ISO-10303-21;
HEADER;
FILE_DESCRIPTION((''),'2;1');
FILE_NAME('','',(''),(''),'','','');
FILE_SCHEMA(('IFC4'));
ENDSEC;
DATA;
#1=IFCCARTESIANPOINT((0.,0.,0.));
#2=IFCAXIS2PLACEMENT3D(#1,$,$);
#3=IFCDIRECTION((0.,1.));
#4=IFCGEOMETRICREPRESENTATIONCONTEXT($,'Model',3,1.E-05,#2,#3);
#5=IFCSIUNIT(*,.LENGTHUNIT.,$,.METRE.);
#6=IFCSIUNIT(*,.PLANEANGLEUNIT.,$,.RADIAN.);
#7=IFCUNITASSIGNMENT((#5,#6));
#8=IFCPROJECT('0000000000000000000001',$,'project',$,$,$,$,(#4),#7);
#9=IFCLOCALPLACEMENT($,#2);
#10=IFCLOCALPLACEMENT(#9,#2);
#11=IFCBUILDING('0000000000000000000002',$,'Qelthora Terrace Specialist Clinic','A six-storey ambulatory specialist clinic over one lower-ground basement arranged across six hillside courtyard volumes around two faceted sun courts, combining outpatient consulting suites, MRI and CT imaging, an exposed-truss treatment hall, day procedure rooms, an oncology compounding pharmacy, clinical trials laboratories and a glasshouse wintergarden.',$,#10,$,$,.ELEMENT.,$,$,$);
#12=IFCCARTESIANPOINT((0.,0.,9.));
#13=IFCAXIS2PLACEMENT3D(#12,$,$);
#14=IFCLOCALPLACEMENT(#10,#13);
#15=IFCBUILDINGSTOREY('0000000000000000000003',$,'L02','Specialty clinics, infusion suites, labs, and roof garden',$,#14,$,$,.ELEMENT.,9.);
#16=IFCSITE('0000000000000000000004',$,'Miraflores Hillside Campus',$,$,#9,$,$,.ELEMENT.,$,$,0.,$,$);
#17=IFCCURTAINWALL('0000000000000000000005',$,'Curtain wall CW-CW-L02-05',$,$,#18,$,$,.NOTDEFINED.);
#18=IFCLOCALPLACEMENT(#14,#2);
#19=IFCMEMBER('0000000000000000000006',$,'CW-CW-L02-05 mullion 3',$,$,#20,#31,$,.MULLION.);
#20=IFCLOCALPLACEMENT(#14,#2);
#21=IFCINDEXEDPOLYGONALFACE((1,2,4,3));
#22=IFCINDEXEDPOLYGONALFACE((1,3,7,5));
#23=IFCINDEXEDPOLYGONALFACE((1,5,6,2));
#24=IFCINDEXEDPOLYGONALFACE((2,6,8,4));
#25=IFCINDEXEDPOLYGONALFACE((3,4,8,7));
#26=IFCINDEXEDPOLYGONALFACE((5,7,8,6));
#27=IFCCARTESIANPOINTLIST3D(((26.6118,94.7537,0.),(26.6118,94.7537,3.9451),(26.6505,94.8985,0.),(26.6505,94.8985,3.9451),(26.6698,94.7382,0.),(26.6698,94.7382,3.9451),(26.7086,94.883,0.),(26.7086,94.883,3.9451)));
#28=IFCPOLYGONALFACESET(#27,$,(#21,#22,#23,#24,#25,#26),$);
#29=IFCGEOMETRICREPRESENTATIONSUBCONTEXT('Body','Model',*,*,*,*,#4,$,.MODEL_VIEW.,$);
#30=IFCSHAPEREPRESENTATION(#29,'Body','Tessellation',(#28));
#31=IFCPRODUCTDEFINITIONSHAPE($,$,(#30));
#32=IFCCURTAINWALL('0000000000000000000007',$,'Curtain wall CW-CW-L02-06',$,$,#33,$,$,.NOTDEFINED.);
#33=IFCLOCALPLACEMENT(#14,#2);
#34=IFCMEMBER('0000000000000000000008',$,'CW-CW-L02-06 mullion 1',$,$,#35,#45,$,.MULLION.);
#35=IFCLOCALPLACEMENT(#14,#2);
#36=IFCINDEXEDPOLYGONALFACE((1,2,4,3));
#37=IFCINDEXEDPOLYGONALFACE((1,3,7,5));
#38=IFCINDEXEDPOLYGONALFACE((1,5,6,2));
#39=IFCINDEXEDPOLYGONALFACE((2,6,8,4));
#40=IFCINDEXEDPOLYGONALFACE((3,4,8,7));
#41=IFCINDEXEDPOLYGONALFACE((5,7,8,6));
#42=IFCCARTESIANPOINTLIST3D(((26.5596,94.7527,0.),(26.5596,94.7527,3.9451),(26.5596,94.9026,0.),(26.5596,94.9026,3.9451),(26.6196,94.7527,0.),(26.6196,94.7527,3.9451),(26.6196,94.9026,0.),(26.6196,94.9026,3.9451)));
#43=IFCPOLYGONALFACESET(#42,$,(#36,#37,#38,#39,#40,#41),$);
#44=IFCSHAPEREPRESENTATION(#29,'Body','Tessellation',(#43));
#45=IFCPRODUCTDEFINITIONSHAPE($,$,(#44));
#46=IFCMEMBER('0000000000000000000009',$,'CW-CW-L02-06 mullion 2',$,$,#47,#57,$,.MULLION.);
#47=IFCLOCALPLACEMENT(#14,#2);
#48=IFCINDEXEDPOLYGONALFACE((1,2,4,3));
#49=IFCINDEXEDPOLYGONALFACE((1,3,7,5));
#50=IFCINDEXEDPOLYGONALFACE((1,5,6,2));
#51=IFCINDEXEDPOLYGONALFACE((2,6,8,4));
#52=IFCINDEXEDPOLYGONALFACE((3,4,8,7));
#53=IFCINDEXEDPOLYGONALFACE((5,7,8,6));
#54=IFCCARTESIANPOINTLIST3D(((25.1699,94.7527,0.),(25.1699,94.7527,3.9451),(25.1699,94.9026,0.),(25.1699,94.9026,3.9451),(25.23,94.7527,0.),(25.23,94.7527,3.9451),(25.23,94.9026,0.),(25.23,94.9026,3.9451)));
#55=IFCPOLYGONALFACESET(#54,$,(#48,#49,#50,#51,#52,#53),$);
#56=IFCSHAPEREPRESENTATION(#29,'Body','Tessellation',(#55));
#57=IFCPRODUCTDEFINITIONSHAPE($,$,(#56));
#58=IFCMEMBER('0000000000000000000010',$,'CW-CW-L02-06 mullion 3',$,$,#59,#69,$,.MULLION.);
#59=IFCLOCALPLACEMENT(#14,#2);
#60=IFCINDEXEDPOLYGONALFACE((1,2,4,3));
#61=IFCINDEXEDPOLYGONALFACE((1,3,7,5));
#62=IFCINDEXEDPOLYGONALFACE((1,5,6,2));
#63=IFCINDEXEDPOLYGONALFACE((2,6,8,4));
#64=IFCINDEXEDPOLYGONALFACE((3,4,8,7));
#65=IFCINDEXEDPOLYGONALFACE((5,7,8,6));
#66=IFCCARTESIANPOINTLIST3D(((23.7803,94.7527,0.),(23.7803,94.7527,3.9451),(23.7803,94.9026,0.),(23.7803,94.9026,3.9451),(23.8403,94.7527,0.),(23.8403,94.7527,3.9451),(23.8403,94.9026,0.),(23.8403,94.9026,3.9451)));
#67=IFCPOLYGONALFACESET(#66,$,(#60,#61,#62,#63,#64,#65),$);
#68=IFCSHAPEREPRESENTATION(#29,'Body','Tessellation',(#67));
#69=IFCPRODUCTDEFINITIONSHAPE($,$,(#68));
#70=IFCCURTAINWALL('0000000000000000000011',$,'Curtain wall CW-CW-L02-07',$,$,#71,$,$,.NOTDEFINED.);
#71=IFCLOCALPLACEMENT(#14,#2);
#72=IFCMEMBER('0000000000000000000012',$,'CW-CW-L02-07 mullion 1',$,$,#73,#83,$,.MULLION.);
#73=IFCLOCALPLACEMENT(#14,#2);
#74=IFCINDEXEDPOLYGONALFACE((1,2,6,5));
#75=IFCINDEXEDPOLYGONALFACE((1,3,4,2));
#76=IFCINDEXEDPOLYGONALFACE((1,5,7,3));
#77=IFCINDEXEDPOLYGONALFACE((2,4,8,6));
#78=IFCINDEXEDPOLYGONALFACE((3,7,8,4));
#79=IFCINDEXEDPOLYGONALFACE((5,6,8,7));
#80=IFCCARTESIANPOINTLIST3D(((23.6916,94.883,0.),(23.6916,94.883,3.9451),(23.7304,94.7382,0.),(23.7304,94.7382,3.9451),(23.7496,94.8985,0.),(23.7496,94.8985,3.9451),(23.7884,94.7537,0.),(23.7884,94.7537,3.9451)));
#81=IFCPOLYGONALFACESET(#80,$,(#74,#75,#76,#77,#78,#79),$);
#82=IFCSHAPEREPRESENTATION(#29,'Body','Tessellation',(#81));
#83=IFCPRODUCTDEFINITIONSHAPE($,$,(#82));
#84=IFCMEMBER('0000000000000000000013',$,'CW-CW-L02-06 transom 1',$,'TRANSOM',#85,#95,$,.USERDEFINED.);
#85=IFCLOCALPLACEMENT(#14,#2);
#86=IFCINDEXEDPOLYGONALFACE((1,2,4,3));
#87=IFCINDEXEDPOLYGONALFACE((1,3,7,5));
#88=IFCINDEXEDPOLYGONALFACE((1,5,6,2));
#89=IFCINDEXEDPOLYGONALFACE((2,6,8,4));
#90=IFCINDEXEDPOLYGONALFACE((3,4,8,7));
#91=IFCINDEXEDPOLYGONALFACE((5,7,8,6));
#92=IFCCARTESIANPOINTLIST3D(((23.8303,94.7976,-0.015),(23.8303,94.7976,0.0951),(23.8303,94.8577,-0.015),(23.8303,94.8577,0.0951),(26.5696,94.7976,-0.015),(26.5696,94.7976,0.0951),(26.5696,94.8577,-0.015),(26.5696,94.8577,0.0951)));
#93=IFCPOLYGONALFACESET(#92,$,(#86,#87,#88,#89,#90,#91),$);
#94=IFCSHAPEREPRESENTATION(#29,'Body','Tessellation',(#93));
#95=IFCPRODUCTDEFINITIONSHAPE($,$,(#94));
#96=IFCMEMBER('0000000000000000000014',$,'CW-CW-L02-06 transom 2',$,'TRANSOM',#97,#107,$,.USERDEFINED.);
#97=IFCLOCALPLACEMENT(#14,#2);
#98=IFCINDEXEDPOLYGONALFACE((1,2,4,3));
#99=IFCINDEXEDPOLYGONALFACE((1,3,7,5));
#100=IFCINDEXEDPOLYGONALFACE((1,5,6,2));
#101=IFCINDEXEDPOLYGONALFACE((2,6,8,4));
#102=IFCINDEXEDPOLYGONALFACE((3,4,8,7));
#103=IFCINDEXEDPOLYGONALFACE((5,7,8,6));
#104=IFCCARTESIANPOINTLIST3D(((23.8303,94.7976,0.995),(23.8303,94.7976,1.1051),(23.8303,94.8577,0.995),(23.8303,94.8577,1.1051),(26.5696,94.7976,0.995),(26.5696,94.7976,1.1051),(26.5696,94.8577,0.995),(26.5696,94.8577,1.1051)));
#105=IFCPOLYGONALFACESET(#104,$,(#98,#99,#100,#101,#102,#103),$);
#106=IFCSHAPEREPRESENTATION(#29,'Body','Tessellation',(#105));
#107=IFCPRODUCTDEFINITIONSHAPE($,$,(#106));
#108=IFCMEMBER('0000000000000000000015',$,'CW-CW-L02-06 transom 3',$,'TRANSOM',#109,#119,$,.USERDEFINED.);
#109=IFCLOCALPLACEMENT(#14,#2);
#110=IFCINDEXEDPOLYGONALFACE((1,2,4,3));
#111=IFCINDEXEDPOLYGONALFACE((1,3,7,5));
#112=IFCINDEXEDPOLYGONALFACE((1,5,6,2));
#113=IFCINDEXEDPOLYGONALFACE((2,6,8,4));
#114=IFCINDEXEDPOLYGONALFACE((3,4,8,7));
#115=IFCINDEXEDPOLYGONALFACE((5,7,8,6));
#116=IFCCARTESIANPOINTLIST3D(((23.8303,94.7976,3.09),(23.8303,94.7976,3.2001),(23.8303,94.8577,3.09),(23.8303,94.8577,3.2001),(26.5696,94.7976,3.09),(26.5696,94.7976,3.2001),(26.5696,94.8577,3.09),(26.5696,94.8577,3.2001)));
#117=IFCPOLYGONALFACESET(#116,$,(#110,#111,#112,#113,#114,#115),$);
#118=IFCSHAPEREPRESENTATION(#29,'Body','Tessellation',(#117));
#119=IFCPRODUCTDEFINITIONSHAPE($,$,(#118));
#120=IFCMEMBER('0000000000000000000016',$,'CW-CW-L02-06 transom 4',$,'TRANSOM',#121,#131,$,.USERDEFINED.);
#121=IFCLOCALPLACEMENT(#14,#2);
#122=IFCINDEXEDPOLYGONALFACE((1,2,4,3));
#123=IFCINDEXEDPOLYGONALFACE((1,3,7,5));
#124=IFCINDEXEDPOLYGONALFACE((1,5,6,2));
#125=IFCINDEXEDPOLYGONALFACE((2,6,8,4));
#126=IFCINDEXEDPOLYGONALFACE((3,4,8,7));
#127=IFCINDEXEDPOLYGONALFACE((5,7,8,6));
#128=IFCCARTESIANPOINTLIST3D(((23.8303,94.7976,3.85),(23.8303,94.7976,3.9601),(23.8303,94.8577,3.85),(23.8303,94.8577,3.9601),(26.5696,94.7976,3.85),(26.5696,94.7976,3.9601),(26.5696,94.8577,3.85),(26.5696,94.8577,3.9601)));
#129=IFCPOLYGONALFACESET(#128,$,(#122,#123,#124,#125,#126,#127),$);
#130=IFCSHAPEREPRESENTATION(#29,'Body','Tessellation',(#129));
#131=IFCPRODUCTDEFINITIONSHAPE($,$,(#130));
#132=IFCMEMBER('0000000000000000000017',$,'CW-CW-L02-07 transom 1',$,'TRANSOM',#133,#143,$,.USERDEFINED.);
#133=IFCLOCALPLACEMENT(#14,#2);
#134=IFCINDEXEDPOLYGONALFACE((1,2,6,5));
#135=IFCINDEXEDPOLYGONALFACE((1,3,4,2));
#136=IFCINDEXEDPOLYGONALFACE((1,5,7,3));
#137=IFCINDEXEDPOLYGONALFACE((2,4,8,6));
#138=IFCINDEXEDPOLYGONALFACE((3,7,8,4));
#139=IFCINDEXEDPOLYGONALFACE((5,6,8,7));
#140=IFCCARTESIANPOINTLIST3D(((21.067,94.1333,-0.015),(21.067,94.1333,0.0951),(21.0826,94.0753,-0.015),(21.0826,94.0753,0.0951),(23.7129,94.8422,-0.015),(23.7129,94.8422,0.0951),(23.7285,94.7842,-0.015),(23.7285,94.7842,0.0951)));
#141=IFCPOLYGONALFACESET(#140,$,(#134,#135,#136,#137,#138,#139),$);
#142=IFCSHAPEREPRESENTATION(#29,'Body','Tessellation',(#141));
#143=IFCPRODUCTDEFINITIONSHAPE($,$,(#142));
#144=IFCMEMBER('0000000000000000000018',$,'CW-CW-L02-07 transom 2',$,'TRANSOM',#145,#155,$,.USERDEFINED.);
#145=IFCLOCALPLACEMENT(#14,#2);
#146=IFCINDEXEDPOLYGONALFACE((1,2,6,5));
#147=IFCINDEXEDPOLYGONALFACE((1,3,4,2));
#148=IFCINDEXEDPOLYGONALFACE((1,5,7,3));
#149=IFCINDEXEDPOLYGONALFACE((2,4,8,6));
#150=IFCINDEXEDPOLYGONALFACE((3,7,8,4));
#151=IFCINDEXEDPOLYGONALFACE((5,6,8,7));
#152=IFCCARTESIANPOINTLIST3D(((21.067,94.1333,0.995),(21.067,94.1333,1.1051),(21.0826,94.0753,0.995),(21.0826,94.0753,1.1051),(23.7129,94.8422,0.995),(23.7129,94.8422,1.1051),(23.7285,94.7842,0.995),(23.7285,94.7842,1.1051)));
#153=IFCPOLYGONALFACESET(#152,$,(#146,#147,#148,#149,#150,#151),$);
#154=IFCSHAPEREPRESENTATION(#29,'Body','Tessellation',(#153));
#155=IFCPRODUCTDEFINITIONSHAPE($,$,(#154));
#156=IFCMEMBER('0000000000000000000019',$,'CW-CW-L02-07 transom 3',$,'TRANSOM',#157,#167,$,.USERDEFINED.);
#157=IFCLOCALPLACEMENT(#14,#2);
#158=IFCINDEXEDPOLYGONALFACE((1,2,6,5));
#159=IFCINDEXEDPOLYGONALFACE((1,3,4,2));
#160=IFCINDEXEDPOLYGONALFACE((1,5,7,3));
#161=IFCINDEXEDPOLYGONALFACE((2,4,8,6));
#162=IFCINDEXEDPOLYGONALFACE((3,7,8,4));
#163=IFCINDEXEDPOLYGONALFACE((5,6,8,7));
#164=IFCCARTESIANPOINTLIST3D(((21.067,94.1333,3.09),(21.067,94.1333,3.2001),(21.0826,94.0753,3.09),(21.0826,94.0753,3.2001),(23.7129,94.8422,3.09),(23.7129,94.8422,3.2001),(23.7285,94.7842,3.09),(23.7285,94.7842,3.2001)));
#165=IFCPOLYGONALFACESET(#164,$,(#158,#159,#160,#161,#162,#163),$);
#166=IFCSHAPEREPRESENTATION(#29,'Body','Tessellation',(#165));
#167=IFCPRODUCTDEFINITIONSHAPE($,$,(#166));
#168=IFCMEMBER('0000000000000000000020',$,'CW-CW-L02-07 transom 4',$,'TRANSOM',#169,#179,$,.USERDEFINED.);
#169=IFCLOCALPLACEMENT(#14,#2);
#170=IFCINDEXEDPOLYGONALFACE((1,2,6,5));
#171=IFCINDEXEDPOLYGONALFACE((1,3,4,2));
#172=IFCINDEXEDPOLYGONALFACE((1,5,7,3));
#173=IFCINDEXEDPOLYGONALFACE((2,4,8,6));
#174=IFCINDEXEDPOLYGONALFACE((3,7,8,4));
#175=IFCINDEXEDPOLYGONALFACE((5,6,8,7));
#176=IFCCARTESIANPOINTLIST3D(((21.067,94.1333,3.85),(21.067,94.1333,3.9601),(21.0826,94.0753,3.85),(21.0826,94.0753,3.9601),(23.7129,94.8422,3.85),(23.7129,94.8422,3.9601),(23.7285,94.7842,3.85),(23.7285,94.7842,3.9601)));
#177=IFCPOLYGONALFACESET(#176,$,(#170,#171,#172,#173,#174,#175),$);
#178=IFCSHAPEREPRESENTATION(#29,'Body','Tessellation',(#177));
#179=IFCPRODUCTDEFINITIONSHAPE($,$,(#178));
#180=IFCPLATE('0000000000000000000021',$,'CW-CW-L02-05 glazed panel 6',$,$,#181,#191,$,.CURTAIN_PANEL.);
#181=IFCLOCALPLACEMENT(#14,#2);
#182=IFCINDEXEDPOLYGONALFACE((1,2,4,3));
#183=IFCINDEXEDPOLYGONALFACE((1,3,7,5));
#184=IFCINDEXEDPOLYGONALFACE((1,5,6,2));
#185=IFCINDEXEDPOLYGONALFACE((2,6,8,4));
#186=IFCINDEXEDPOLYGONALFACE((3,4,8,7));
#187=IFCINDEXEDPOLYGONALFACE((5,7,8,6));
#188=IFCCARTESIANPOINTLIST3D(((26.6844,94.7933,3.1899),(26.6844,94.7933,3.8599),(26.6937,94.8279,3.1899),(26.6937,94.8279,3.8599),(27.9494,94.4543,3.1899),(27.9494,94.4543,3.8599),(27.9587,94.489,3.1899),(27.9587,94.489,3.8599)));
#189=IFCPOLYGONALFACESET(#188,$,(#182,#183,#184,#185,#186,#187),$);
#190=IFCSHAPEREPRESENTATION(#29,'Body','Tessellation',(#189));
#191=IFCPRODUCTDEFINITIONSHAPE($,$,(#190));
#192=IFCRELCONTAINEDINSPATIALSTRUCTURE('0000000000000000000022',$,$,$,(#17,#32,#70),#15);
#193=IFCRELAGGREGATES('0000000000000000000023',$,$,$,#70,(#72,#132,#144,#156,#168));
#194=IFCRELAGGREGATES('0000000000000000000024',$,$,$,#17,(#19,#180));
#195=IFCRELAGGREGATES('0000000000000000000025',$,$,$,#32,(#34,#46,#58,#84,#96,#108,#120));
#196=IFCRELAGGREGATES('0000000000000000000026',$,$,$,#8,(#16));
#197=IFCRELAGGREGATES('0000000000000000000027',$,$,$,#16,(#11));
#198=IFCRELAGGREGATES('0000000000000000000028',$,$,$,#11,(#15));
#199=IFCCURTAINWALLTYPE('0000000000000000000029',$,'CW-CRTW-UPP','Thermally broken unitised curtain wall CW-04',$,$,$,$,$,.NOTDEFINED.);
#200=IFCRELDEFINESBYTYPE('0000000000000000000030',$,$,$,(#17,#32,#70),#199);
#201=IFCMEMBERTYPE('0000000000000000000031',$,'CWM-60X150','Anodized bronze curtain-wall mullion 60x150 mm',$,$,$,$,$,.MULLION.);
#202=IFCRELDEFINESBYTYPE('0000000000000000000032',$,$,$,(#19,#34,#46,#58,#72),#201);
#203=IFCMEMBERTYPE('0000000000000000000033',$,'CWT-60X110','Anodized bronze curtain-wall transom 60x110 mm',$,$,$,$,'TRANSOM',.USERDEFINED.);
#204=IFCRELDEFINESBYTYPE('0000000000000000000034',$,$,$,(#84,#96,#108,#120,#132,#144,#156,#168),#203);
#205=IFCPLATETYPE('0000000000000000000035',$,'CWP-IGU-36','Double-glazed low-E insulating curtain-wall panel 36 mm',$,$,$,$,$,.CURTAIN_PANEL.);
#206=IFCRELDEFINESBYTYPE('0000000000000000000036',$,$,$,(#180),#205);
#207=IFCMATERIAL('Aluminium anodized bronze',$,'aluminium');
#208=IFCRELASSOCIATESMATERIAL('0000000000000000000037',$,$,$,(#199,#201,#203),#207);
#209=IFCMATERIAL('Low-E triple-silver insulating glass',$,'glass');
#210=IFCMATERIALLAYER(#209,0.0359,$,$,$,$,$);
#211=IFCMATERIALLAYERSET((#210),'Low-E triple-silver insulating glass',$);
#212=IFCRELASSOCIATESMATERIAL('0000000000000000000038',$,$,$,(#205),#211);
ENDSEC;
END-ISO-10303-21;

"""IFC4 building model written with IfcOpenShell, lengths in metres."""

from ifc_helpers import new_model, si_unit, direction, frame, origin, origin_2d, place, context, subcontext, project, spatial, rectangle, extrude, material, layer, layer_set, material_profile, profile_set, type_object, element, aggregate, save


model = new_model("IFC4")

# Units and contexts
model_context = context("Model", 3, precision=1e-05, world=origin(), true_north=direction((0.0, 1.0)))
body_context = subcontext(model_context, "Body", "Model", "MODEL_VIEW")
ifc_project = project(units=[si_unit("LENGTHUNIT", "METRE"), si_unit("PLANEANGLEUNIT", "RADIAN")], contexts=[model_context])

# Site, building, storey
site_placement = place(None, origin())
site = spatial("IfcSite", under=ifc_project, at=site_placement, Name="Miraflores Hillside Campus", CompositionType="ELEMENT", RefElevation=0.0)
building_placement = place(site_placement, origin())
building = spatial("IfcBuilding", under=site, at=building_placement, Name="Qelthora Terrace Specialist Clinic", Description="A six-storey ambulatory specialist clinic over one lower-ground basement arranged across six hillside courtyard volumes around two faceted sun courts, combining outpatient consulting suites, MRI and CT imaging, an exposed-truss treatment hall, day procedure rooms, an oncology compounding pharmacy, clinical trials laboratories and a glasshouse wintergarden.", CompositionType="ELEMENT")
storey_placement = place(building_placement, frame((0.0, 0.0, 9.0)))
storey = spatial("IfcBuildingStorey", under=building, at=storey_placement, Name="L02", Description="Specialty clinics, infusion suites, labs, and roof garden", CompositionType="ELEMENT", Elevation=9.0)

# Curtain wall, member
ifc_material_1 = material(Name="Aluminium anodized bronze", Category="aluminium")
curtain_wall_type = type_object("IfcCurtainWallType", Name="CW-CRTW-UPP", Description="Thermally broken unitised curtain wall CW-04", PredefinedType="NOTDEFINED", material=ifc_material_1)
curtain_wall_1_placement = place(storey_placement, origin())
curtain_wall_1 = element("IfcCurtainWall", 1, at=curtain_wall_1_placement, inside=storey, type_object=curtain_wall_type, Name="Curtain wall CW-CW-L02-05", PredefinedType="NOTDEFINED")
ifc_material_profile_1 = material_profile(ifc_material_1, rectangle(XDim=0.0601, YDim=0.1499, at=origin_2d()), Name="CWM60X150")
ifc_profile_set_1 = profile_set([ifc_material_profile_1], Name="Aluminium anodized bronze")
member_type_1 = type_object("IfcMemberType", Name="CWM-60X150", Description="Anodized bronze curtain-wall mullion 60x150 mm", PredefinedType="MULLION", material=ifc_profile_set_1)
member_1_placement = place(storey_placement, frame((26.6602, 94.8184, 0.0), z_axis=(0.0, 0.0, 1.0), x_axis=(-0.965925, 0.25882, 0.0)))
member_1 = element("IfcMember", 2, at=member_1_placement, type_object=member_type_1, Name="CW-CW-L02-05 mullion 3", PredefinedType="MULLION", context=body_context, shape_type="SweptSolid", body=[
    extrude(rectangle(XDim=0.0601, YDim=0.1499, at=origin_2d()), origin(), (0.0, 0.0, 1.0), 3.9451),
])

# Curtain wall, members
curtain_wall_2_placement = place(storey_placement, origin())
curtain_wall_2 = element("IfcCurtainWall", 3, at=curtain_wall_2_placement, inside=storey, type_object=curtain_wall_type, Name="Curtain wall CW-CW-L02-06", PredefinedType="NOTDEFINED")
member_2_placement = place(storey_placement, frame((26.5896, 94.8276, 0.0), z_axis=(0.0, 0.0, 1.0), x_axis=(-1.0, 0.0, 0.0)))
member_2 = element("IfcMember", 4, at=member_2_placement, type_object=member_type_1, Name="CW-CW-L02-06 mullion 1", PredefinedType="MULLION", context=body_context, shape_type="SweptSolid", body=[
    extrude(rectangle(XDim=0.0601, YDim=0.1499, at=origin_2d()), origin(), (0.0, 0.0, 1.0), 3.9451),
])
member_3_placement = place(storey_placement, frame((25.2, 94.8276, 0.0), z_axis=(0.0, 0.0, 1.0), x_axis=(-1.0, 0.0, 0.0)))
member_3 = element("IfcMember", 5, at=member_3_placement, type_object=member_type_1, Name="CW-CW-L02-06 mullion 2", PredefinedType="MULLION", context=body_context, shape_type="SweptSolid", body=[
    extrude(rectangle(XDim=0.0601, YDim=0.1499, at=origin_2d()), origin(), (0.0, 0.0, 1.0), 3.9451),
])
member_4_placement = place(storey_placement, frame((23.8103, 94.8276, 0.0), z_axis=(0.0, 0.0, 1.0), x_axis=(-1.0, 0.0, 0.0)))
member_4 = element("IfcMember", 6, at=member_4_placement, type_object=member_type_1, Name="CW-CW-L02-06 mullion 3", PredefinedType="MULLION", context=body_context, shape_type="SweptSolid", body=[
    extrude(rectangle(XDim=0.0601, YDim=0.1499, at=origin_2d()), origin(), (0.0, 0.0, 1.0), 3.9451),
])

# Curtain wall, member
curtain_wall_3_placement = place(storey_placement, origin())
curtain_wall_3 = element("IfcCurtainWall", 7, at=curtain_wall_3_placement, inside=storey, type_object=curtain_wall_type, Name="Curtain wall CW-CW-L02-07", PredefinedType="NOTDEFINED")
member_5_placement = place(storey_placement, frame((23.74, 94.8184, 0.0), z_axis=(0.0, 0.0, 1.0), x_axis=(-0.965925, -0.25882, 0.0)))
member_5 = element("IfcMember", 8, at=member_5_placement, type_object=member_type_1, Name="CW-CW-L02-07 mullion 1", PredefinedType="MULLION", context=body_context, shape_type="SweptSolid", body=[
    extrude(rectangle(XDim=0.0601, YDim=0.1499, at=origin_2d()), origin(), (0.0, 0.0, 1.0), 3.9451),
])

# Members
ifc_material_profile_2 = material_profile(ifc_material_1, rectangle(XDim=0.0601, YDim=0.1101, at=origin_2d()), Name="CWT60X110")
ifc_profile_set_2 = profile_set([ifc_material_profile_2], Name="Aluminium anodized bronze")
member_type_2 = type_object("IfcMemberType", Name="CWT-60X110", Description="Anodized bronze curtain-wall transom 60x110 mm", ElementType="TRANSOM", PredefinedType="USERDEFINED", material=ifc_profile_set_2)
member_6_placement = place(storey_placement, frame((26.5696, 94.8276, 0.04), z_axis=(-1.0, 0.0, 0.0), x_axis=(0.0, -1.0, 0.0)))
member_6 = element("IfcMember", 9, at=member_6_placement, type_object=member_type_2, Name="CW-CW-L02-06 transom 1", ObjectType="TRANSOM", PredefinedType="USERDEFINED", context=body_context, shape_type="SweptSolid", body=[
    extrude(rectangle(XDim=0.0601, YDim=0.1101, at=origin_2d()), origin(), (0.0, 0.0, 1.0), 2.7393),
])
member_7_placement = place(storey_placement, frame((26.5696, 94.8276, 1.05), z_axis=(-1.0, 0.0, 0.0), x_axis=(0.0, -1.0, 0.0)))
member_7 = element("IfcMember", 10, at=member_7_placement, type_object=member_type_2, Name="CW-CW-L02-06 transom 2", ObjectType="TRANSOM", PredefinedType="USERDEFINED", context=body_context, shape_type="SweptSolid", body=[
    extrude(rectangle(XDim=0.0601, YDim=0.1101, at=origin_2d()), origin(), (0.0, 0.0, 1.0), 2.7393),
])
member_8_placement = place(storey_placement, frame((26.5696, 94.8276, 3.145), z_axis=(-1.0, 0.0, 0.0), x_axis=(0.0, -1.0, 0.0)))
member_8 = element("IfcMember", 11, at=member_8_placement, type_object=member_type_2, Name="CW-CW-L02-06 transom 3", ObjectType="TRANSOM", PredefinedType="USERDEFINED", context=body_context, shape_type="SweptSolid", body=[
    extrude(rectangle(XDim=0.0601, YDim=0.1101, at=origin_2d()), origin(), (0.0, 0.0, 1.0), 2.7393),
])
member_9_placement = place(storey_placement, frame((26.5696, 94.8276, 3.905), z_axis=(-1.0, 0.0, 0.0), x_axis=(0.0, -1.0, 0.0)))
member_9 = element("IfcMember", 12, at=member_9_placement, type_object=member_type_2, Name="CW-CW-L02-06 transom 4", ObjectType="TRANSOM", PredefinedType="USERDEFINED", context=body_context, shape_type="SweptSolid", body=[
    extrude(rectangle(XDim=0.0601, YDim=0.1101, at=origin_2d()), origin(), (0.0, 0.0, 1.0), 2.7393),
])
member_10_placement = place(storey_placement, frame((23.7207, 94.8132, 0.04), z_axis=(-0.965927, -0.258816, 0.0), x_axis=(0.258816, -0.965927, 0.0)))
member_10 = element("IfcMember", 13, at=member_10_placement, type_object=member_type_2, Name="CW-CW-L02-07 transom 1", ObjectType="TRANSOM", PredefinedType="USERDEFINED", context=body_context, shape_type="SweptSolid", body=[
    extrude(rectangle(XDim=0.0601, YDim=0.1101, at=origin_2d()), origin(), (0.0, 0.0, 1.0), 2.7393),
])
member_11_placement = place(storey_placement, frame((23.7207, 94.8132, 1.05), z_axis=(-0.965927, -0.258816, 0.0), x_axis=(0.258816, -0.965927, 0.0)))
member_11 = element("IfcMember", 14, at=member_11_placement, type_object=member_type_2, Name="CW-CW-L02-07 transom 2", ObjectType="TRANSOM", PredefinedType="USERDEFINED", context=body_context, shape_type="SweptSolid", body=[
    extrude(rectangle(XDim=0.0601, YDim=0.1101, at=origin_2d()), origin(), (0.0, 0.0, 1.0), 2.7393),
])
member_12_placement = place(storey_placement, frame((23.7207, 94.8132, 3.145), z_axis=(-0.965927, -0.258816, 0.0), x_axis=(0.258816, -0.965927, 0.0)))
member_12 = element("IfcMember", 15, at=member_12_placement, type_object=member_type_2, Name="CW-CW-L02-07 transom 3", ObjectType="TRANSOM", PredefinedType="USERDEFINED", context=body_context, shape_type="SweptSolid", body=[
    extrude(rectangle(XDim=0.0601, YDim=0.1101, at=origin_2d()), origin(), (0.0, 0.0, 1.0), 2.7393),
])
member_13_placement = place(storey_placement, frame((23.7207, 94.8132, 3.905), z_axis=(-0.965927, -0.258816, 0.0), x_axis=(0.258816, -0.965927, 0.0)))
member_13 = element("IfcMember", 16, at=member_13_placement, type_object=member_type_2, Name="CW-CW-L02-07 transom 4", ObjectType="TRANSOM", PredefinedType="USERDEFINED", context=body_context, shape_type="SweptSolid", body=[
    extrude(rectangle(XDim=0.0601, YDim=0.1101, at=origin_2d()), origin(), (0.0, 0.0, 1.0), 2.7393),
])
aggregate(curtain_wall_3, [member_5, member_10, member_11, member_12, member_13])

# Plate
ifc_material_2 = material(Name="Low-E triple-silver insulating glass", Category="glass")
ifc_layer_1 = layer(ifc_material_2, 0.0359)
ifc_layer_set_1 = layer_set([ifc_layer_1], Name="Low-E triple-silver insulating glass")
plate_type = type_object("IfcPlateType", Name="CWP-IGU-36", Description="Double-glazed low-E insulating curtain-wall panel 36 mm", PredefinedType="CURTAIN_PANEL", material=ifc_layer_set_1)
plate_1_placement = place(storey_placement, frame((27.3215, 94.6411, 3.1899), z_axis=(0.0, 0.0, 1.0), x_axis=(-0.965925, 0.258821, 0.0)))
plate_1 = element("IfcPlate", 17, at=plate_1_placement, type_object=plate_type, Name="CW-CW-L02-05 glazed panel 6", PredefinedType="CURTAIN_PANEL", context=body_context, shape_type="SweptSolid", body=[
    extrude(rectangle(XDim=1.3096, YDim=0.0359, at=origin_2d()), origin(), (0.0, 0.0, 1.0), 0.6699),
])
aggregate(curtain_wall_1, [member_1, plate_1])
aggregate(curtain_wall_2, [member_2, member_3, member_4, member_6, member_7, member_8, member_9])

save(model, "model.ifc")
